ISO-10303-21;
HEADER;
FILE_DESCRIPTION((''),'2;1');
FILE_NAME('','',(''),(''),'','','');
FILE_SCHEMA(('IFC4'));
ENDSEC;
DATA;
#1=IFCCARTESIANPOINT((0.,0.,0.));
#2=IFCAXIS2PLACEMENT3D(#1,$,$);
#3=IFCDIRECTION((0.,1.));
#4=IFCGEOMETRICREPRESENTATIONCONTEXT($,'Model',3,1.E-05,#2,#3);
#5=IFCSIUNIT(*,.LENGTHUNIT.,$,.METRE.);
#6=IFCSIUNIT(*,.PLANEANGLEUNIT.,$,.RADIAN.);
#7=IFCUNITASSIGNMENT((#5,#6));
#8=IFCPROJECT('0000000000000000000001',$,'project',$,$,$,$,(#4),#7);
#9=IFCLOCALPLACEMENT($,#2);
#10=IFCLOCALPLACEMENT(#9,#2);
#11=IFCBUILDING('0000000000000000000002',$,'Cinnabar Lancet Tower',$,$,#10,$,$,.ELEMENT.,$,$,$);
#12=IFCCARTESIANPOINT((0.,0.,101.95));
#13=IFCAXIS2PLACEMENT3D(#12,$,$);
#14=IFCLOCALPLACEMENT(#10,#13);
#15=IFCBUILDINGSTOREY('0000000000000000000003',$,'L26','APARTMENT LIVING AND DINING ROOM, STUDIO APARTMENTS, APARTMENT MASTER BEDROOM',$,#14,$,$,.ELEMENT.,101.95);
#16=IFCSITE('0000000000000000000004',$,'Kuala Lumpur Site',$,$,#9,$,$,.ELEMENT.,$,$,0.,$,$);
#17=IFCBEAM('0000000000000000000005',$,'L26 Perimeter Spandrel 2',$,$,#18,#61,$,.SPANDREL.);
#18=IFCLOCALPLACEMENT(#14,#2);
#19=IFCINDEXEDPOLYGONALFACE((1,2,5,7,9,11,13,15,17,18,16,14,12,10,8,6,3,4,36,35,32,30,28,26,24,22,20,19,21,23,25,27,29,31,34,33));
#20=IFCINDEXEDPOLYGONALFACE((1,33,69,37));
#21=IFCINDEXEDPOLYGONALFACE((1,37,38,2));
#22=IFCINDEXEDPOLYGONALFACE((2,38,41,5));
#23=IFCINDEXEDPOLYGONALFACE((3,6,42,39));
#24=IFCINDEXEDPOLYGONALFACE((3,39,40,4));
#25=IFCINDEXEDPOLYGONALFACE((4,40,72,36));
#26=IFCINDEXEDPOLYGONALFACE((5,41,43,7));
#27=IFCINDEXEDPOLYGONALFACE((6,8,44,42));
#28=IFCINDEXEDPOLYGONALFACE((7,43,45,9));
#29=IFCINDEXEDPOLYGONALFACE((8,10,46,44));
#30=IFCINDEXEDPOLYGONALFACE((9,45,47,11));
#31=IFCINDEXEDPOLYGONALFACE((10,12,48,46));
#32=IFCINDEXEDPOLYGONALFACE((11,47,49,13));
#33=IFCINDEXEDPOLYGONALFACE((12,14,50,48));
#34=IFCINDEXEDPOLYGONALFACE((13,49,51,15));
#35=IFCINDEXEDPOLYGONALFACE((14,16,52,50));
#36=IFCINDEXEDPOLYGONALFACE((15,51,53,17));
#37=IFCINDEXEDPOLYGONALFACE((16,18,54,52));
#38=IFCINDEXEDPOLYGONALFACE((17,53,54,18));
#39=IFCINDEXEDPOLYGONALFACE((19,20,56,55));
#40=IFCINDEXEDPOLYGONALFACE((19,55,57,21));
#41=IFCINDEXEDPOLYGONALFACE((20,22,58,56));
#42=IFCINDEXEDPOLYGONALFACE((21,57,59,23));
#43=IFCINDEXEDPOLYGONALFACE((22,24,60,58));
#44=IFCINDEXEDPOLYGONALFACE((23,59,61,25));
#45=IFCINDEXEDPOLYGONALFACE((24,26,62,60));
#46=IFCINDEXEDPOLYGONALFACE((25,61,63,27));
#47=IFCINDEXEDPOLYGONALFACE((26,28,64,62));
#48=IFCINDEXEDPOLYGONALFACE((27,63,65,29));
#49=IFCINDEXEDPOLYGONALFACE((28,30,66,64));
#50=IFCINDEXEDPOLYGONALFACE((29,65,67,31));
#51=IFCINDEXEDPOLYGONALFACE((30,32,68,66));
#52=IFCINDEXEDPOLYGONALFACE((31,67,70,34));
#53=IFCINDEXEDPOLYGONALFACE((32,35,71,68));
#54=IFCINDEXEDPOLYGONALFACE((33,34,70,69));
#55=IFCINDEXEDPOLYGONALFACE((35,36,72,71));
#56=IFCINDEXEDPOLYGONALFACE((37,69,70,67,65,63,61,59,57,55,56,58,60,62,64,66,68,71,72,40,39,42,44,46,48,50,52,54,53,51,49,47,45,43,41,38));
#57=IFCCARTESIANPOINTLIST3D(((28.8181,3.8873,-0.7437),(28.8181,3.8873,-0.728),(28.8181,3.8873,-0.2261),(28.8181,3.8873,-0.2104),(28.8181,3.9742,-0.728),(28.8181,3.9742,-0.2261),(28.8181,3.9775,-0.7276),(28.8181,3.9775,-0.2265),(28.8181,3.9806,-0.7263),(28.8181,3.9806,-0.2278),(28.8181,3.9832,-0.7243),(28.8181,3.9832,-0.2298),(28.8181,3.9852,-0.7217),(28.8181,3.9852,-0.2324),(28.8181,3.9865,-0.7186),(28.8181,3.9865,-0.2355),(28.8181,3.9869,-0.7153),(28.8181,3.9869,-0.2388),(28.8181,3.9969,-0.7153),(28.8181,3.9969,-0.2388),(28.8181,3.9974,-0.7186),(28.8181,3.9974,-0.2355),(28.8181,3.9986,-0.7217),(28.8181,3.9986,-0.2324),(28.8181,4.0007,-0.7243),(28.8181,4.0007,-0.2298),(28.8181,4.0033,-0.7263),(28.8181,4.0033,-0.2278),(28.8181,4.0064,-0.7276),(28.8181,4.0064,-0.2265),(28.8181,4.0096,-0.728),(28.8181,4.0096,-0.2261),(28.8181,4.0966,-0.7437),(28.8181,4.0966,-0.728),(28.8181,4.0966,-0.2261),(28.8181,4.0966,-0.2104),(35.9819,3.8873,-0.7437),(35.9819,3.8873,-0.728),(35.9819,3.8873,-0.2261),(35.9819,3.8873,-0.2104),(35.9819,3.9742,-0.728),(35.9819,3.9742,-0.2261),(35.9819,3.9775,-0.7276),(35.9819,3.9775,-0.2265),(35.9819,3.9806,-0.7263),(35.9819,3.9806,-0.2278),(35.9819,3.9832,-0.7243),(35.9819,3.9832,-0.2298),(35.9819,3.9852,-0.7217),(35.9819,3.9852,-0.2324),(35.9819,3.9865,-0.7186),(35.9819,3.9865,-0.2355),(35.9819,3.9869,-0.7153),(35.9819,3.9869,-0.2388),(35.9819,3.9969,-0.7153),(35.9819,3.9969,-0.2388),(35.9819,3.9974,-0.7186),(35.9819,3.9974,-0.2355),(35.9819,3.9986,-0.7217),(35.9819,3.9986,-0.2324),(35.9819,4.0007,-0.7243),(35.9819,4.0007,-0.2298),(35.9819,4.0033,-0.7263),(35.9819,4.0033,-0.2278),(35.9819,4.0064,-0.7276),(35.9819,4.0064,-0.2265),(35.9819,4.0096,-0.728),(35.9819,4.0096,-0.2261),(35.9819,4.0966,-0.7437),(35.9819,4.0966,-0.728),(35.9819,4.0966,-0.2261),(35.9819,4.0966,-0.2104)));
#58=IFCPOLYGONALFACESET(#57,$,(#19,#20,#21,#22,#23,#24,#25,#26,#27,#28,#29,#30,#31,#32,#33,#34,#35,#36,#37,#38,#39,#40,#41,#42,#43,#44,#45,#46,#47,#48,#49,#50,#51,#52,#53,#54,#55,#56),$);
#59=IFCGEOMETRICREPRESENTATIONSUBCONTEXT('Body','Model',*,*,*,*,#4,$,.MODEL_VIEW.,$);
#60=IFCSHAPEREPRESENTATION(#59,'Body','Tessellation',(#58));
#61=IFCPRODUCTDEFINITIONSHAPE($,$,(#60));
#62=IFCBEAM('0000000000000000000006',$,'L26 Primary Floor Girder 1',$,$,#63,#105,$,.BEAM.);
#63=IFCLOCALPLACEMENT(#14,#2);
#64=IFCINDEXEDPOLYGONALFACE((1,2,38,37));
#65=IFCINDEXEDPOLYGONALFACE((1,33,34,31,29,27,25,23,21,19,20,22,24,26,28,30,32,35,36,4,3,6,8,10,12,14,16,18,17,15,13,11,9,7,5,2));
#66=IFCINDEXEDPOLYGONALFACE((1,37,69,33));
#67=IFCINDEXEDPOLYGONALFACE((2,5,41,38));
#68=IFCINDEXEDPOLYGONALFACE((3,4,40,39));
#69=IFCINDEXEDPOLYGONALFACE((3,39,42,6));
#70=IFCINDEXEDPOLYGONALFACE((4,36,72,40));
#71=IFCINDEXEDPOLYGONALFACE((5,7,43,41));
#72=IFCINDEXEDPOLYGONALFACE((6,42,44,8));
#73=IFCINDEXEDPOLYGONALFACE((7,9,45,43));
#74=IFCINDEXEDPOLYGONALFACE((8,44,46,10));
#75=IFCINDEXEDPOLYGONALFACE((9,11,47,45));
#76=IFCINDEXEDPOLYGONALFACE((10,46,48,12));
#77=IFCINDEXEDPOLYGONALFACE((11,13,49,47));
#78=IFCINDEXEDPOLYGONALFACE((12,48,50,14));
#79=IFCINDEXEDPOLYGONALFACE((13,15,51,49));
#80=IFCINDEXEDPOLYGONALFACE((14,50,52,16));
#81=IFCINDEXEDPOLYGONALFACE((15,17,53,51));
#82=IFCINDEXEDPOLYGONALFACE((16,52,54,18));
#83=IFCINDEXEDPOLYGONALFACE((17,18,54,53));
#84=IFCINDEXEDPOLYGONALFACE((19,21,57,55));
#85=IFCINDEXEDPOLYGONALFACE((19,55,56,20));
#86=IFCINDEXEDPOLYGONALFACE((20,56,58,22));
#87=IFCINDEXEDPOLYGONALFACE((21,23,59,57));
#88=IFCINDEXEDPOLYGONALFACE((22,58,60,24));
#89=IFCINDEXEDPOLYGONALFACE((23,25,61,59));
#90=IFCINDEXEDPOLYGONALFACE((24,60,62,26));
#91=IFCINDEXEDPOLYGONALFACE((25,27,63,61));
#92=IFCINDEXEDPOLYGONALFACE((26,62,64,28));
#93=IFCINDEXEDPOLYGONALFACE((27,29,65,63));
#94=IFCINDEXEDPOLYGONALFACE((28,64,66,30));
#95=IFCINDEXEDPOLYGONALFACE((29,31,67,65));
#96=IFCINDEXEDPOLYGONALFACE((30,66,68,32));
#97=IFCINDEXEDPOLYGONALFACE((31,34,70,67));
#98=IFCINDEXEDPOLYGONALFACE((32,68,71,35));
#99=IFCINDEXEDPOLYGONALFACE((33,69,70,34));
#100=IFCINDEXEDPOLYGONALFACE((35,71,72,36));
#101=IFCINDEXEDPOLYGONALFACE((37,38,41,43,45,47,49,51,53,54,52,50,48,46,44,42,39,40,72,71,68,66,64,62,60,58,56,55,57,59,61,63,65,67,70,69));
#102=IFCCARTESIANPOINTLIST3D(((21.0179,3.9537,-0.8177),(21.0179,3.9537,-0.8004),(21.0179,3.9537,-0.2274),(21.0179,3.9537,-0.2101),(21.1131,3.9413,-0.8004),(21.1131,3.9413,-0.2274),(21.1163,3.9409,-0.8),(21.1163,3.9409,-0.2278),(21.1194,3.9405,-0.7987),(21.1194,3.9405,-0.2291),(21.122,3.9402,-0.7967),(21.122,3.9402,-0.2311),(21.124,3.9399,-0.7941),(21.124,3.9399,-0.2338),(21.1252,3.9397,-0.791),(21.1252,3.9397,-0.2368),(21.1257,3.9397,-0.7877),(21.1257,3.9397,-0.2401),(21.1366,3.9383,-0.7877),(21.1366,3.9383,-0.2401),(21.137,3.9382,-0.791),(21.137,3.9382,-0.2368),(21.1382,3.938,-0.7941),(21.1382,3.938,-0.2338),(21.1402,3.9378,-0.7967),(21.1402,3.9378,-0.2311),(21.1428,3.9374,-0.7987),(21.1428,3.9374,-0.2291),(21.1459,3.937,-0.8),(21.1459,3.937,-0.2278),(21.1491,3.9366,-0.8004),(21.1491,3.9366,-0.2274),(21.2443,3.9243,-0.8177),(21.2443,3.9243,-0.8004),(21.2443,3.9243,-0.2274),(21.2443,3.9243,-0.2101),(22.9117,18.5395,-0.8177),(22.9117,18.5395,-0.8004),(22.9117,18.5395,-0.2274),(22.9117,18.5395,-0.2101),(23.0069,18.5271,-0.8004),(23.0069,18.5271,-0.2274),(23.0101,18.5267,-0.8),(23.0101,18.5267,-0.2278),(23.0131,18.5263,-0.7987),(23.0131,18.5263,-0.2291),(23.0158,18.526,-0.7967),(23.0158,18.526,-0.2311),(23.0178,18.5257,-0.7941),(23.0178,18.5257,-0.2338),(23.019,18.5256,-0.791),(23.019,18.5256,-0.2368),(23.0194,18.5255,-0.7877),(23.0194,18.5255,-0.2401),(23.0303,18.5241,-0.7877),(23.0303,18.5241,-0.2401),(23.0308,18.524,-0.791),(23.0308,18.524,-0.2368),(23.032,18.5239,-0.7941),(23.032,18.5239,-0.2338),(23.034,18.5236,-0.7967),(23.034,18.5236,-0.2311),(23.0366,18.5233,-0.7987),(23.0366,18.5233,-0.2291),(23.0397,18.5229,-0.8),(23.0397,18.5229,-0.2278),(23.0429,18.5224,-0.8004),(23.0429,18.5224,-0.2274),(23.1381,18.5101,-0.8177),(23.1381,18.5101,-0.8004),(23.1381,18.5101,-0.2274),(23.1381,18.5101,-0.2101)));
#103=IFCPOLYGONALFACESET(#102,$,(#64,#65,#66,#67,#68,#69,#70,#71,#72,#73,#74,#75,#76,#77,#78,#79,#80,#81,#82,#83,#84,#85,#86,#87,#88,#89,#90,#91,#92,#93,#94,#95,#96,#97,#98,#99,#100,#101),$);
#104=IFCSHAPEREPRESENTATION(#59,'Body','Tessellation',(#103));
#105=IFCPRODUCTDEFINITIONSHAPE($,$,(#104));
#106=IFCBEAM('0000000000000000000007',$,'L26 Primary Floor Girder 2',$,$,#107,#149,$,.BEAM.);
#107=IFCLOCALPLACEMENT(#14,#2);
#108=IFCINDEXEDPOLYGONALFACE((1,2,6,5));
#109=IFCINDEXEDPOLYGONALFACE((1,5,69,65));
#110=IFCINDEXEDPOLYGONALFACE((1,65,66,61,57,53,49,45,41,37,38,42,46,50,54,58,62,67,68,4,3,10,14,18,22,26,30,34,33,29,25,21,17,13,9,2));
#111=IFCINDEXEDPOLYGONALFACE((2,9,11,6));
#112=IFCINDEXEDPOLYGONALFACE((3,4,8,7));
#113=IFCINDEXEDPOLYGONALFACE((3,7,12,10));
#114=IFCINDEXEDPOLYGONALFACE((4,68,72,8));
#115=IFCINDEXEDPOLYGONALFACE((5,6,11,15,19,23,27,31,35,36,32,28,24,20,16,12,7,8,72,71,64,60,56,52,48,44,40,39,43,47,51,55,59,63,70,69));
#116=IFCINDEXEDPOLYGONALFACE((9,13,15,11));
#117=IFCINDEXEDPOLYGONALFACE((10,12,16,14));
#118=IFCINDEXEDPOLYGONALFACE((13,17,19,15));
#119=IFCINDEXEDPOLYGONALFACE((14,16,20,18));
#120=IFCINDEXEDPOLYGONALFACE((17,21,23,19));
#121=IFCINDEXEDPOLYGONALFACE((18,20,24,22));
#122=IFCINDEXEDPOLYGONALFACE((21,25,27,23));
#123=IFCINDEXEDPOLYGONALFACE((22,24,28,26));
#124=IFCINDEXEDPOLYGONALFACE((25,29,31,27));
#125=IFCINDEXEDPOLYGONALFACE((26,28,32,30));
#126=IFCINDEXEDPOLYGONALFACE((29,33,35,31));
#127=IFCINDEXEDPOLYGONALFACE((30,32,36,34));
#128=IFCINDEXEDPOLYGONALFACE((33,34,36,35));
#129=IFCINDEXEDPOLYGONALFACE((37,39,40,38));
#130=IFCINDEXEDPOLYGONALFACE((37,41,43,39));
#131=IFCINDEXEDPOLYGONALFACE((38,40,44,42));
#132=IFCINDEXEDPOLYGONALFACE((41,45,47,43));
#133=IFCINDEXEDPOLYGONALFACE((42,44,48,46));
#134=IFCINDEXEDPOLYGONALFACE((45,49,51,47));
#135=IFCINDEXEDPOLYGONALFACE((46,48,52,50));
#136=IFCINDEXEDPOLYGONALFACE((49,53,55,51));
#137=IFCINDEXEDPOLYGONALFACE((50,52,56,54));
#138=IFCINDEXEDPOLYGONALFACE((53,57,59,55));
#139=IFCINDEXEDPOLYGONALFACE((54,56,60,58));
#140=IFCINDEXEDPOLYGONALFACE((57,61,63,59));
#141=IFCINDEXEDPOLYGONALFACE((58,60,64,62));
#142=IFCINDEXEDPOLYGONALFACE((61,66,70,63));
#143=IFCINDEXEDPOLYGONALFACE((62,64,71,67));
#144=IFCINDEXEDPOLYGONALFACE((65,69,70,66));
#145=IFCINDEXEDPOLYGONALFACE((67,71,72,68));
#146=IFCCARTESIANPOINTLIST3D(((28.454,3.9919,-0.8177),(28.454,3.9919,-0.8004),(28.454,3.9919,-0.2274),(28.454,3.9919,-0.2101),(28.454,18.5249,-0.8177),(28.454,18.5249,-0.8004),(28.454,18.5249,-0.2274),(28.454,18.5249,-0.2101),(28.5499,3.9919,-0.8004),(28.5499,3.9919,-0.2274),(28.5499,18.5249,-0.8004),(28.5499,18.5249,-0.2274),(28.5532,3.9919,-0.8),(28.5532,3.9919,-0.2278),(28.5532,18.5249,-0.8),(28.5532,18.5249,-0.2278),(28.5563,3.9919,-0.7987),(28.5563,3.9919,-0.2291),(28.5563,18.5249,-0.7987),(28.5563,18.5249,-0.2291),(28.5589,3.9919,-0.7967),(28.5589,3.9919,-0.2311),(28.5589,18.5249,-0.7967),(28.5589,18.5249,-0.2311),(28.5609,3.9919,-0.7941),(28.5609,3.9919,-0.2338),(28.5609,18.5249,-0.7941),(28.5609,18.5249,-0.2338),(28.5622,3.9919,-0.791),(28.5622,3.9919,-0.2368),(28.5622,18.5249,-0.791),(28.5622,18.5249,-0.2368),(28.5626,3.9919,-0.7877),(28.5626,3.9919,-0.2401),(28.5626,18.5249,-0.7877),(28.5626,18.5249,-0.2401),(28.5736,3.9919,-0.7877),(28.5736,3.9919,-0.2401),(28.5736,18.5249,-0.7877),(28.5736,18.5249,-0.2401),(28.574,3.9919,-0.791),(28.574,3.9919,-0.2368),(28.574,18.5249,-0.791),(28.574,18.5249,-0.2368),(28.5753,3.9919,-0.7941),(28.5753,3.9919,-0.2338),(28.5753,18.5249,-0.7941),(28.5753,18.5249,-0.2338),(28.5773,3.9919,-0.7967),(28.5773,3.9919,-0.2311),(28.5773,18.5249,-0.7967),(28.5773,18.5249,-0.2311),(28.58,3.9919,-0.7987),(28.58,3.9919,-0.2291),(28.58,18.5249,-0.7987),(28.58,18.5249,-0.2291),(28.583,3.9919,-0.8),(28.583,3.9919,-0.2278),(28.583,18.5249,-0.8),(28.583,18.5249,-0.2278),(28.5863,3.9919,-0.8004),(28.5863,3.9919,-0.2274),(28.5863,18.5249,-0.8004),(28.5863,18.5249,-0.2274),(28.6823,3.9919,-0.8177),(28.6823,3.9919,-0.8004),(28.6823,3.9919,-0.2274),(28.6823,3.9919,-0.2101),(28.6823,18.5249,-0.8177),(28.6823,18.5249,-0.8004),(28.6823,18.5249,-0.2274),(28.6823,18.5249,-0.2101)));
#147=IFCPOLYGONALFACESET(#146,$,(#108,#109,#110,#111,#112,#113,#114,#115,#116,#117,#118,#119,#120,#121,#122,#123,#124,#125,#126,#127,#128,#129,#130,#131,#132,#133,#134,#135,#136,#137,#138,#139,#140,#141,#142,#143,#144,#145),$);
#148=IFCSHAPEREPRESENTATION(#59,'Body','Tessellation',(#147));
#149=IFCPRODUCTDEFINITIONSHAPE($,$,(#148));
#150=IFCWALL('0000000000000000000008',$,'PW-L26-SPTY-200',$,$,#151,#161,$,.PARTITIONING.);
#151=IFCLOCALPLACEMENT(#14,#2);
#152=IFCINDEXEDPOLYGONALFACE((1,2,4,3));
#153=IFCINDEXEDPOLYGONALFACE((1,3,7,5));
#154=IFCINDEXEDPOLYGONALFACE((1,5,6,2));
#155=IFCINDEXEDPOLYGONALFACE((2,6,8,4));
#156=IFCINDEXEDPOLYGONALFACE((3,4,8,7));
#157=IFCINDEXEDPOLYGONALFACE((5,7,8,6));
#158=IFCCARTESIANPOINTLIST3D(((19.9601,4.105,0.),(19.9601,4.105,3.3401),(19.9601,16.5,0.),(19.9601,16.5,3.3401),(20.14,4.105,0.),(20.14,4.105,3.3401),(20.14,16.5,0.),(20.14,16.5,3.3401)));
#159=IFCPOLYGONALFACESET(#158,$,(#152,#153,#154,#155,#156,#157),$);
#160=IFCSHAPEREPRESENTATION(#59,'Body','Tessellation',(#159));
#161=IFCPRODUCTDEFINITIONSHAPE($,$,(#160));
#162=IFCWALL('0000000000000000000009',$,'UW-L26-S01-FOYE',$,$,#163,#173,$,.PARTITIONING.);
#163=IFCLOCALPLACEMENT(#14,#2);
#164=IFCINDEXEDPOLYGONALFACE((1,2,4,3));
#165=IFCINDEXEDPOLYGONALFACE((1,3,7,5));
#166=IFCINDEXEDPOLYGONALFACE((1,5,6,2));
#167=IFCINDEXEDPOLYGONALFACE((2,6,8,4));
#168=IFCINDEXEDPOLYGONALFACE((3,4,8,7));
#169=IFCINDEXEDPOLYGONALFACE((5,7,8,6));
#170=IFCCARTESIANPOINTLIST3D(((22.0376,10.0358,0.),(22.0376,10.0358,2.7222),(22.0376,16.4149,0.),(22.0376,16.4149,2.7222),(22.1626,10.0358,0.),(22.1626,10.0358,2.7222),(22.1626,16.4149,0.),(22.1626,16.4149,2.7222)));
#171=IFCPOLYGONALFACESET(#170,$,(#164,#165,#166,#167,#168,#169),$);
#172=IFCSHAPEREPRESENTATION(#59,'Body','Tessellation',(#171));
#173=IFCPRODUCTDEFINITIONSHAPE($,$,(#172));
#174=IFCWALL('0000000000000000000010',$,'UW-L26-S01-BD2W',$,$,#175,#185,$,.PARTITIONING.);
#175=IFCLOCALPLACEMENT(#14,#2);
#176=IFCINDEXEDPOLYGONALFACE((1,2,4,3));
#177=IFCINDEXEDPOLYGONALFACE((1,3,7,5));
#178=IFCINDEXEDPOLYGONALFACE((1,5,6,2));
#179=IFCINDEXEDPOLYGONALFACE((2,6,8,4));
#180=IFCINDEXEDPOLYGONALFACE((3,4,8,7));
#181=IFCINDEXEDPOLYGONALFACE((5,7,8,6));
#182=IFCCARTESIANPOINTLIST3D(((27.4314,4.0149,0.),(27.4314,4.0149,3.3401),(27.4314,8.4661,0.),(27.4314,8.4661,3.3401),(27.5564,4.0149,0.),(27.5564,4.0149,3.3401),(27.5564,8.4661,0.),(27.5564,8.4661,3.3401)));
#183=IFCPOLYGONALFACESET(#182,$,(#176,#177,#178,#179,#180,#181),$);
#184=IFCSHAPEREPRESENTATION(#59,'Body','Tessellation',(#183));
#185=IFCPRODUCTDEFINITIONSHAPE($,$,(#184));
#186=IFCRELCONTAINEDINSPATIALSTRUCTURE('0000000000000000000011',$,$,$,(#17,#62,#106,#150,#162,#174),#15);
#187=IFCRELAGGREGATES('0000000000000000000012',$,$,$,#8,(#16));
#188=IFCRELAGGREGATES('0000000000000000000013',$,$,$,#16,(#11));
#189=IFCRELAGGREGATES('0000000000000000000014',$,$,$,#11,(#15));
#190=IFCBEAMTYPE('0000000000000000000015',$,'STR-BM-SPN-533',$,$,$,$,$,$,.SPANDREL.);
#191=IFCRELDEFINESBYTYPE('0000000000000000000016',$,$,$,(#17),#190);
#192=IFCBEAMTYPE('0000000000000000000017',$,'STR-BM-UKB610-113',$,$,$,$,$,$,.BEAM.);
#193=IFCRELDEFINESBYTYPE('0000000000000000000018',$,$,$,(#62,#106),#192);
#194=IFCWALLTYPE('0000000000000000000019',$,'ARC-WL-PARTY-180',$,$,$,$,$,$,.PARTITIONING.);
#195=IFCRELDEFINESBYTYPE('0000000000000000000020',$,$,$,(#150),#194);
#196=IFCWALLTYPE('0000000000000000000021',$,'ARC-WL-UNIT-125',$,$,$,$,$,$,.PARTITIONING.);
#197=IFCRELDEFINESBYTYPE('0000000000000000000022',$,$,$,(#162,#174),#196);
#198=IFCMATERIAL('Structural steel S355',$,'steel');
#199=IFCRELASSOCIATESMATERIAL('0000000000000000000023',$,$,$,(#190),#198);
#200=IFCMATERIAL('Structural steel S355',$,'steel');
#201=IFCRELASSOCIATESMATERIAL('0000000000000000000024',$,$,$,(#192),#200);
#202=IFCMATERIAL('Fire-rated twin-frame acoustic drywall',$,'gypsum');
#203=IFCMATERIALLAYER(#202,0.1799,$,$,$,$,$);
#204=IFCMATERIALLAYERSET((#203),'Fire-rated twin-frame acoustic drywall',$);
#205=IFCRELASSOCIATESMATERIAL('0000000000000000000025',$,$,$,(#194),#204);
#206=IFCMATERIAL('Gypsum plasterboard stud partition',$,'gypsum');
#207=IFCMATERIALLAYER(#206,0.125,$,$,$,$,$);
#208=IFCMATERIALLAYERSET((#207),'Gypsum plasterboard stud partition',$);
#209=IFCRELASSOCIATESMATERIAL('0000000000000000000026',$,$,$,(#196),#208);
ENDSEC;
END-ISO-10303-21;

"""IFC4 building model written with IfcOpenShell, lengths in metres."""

from ifc_helpers import new_model, si_unit, direction, frame, frame_2d, origin, origin_2d, place, context, subcontext, project, spatial, rectangle, i_section, extrude, material, layer, layer_set, material_profile, profile_set, type_object, element, save


model = new_model("IFC4")

# Units and contexts
model_context = context("Model", 3, precision=1e-05, world=origin(), true_north=direction((0.0, 1.0)))
body_context = subcontext(model_context, "Body", "Model", "MODEL_VIEW")
ifc_project = project(units=[si_unit("LENGTHUNIT", "METRE"), si_unit("PLANEANGLEUNIT", "RADIAN")], contexts=[model_context])

# Site, building, storey
site_placement = place(None, origin())
site = spatial("IfcSite", under=ifc_project, at=site_placement, Name="Kuala Lumpur Site", CompositionType="ELEMENT", RefElevation=0.0)
building_placement = place(site_placement, origin())
building = spatial("IfcBuilding", under=site, at=building_placement, Name="Cinnabar Lancet Tower", CompositionType="ELEMENT")
storey_placement = place(building_placement, frame((0.0, 0.0, 101.95)))
storey = spatial("IfcBuildingStorey", under=building, at=storey_placement, Name="L26", Description="APARTMENT LIVING AND DINING ROOM, STUDIO APARTMENTS, APARTMENT MASTER BEDROOM", CompositionType="ELEMENT", Elevation=101.95)

# Beams
ifc_material_1 = material(Name="Structural steel S355", Category="steel")
ifc_material_profile_1 = material_profile(ifc_material_1, i_section(OverallWidth=0.2092, OverallDepth=0.5332, WebThickness=0.01, FlangeThickness=0.0156, FilletRadius=0.0127, at=origin_2d()), Name="UKB 533x210x92")
ifc_profile_set_1 = profile_set([ifc_material_profile_1], Name="Structural steel S355")
beam_type_1 = type_object("IfcBeamType", Name="STR-BM-SPN-533", PredefinedType="SPANDREL", material=ifc_profile_set_1)
beam_1_placement = place(storey_placement, frame((28.8181, 3.9919, -0.4771), z_axis=(1.0, 0.0, 0.0), x_axis=(0.0, 1.0, 0.0)))
element("IfcBeam", 1, at=beam_1_placement, inside=storey, type_object=beam_type_1, Name="L26 Perimeter Spandrel 2", PredefinedType="SPANDREL", context=body_context, shape_type="SweptSolid", body=[
    extrude(i_section(OverallWidth=0.2092, OverallDepth=0.5332, WebThickness=0.01, FlangeThickness=0.0156, FilletRadius=0.0127, at=origin_2d()), origin(), (0.0, 0.0, 1.0), 7.1638),
])
ifc_material_2 = material(Name="Structural steel S355", Category="steel")
ifc_material_profile_2 = material_profile(ifc_material_2, i_section(OverallWidth=0.2283, OverallDepth=0.6077, WebThickness=0.011, FlangeThickness=0.0173, FilletRadius=0.0127, at=origin_2d()), Name="UKB 610x229x113")
ifc_profile_set_2 = profile_set([ifc_material_profile_2], Name="Structural steel S355")
beam_type_2 = type_object("IfcBeamType", Name="STR-BM-UKB610-113", PredefinedType="BEAM", material=ifc_profile_set_2)
beam_2_placement = place(storey_placement, frame((21.1311, 3.939, -0.5139), z_axis=(0.128757, 0.991676, 0.0), x_axis=(-0.991676, 0.128757, 0.0)))
element("IfcBeam", 2, at=beam_2_placement, inside=storey, type_object=beam_type_2, Name="L26 Primary Floor Girder 1", PredefinedType="BEAM", context=body_context, shape_type="SweptSolid", body=[
    extrude(i_section(OverallWidth=0.2283, OverallDepth=0.6077, WebThickness=0.011, FlangeThickness=0.0173, FilletRadius=0.0127, at=origin_2d()), origin(), (0.0, 0.0, 1.0), 14.7083),
])
beam_3_placement = place(storey_placement, frame((28.5681, 3.9919, -0.5139), z_axis=(0.0, 1.0, 0.0), x_axis=(-1.0, 0.0, 0.0)))
element("IfcBeam", 3, at=beam_3_placement, inside=storey, type_object=beam_type_2, Name="L26 Primary Floor Girder 2", PredefinedType="BEAM", context=body_context, shape_type="SweptSolid", body=[
    extrude(i_section(OverallWidth=0.2283, OverallDepth=0.6077, WebThickness=0.011, FlangeThickness=0.0173, FilletRadius=0.0127, at=origin_2d()), origin(), (0.0, 0.0, 1.0), 14.533),
])

# Walls
ifc_material_3 = material(Name="Fire-rated twin-frame acoustic drywall", Category="gypsum")
ifc_layer_1 = layer(ifc_material_3, 0.1799)
ifc_layer_set_1 = layer_set([ifc_layer_1], Name="Fire-rated twin-frame acoustic drywall")
wall_type_1 = type_object("IfcWallType", Name="ARC-WL-PARTY-180", PredefinedType="PARTITIONING", material=ifc_layer_set_1)
wall_1_placement = place(storey_placement, frame((20.05, 4.105, 0.0), z_axis=(0.0, 0.0, 1.0), x_axis=(0.0, 1.0, 0.0)))
element("IfcWall", 4, at=wall_1_placement, inside=storey, type_object=wall_type_1, Name="PW-L26-SPTY-200", PredefinedType="PARTITIONING", context=body_context, shape_type="SweptSolid", body=[
    extrude(rectangle(XDim=12.395, YDim=0.1799, at=frame_2d((6.1975, 0.0))), origin(), (0.0, 0.0, 1.0), 3.3401),
])
ifc_material_4 = material(Name="Gypsum plasterboard stud partition", Category="gypsum")
ifc_layer_2 = layer(ifc_material_4, 0.125)
ifc_layer_set_2 = layer_set([ifc_layer_2], Name="Gypsum plasterboard stud partition")
wall_type_2 = type_object("IfcWallType", Name="ARC-WL-UNIT-125", PredefinedType="PARTITIONING", material=ifc_layer_set_2)
wall_2_placement = place(storey_placement, frame((22.1001, 10.0359, 0.0), z_axis=(0.0, 0.0, 1.0), x_axis=(0.0, 1.0, 0.0)))
element("IfcWall", 5, at=wall_2_placement, inside=storey, type_object=wall_type_2, Name="UW-L26-S01-FOYE", PredefinedType="PARTITIONING", context=body_context, shape_type="SweptSolid", body=[
    extrude(rectangle(XDim=6.3792, YDim=0.125, at=frame_2d((3.1895, 0.0))), origin(), (0.0, 0.0, 1.0), 2.7222),
])
wall_3_placement = place(storey_placement, frame((27.4939, 4.0149, 0.0), z_axis=(0.0, 0.0, 1.0), x_axis=(0.0, 1.0, 0.0)))
element("IfcWall", 6, at=wall_3_placement, inside=storey, type_object=wall_type_2, Name="UW-L26-S01-BD2W", PredefinedType="PARTITIONING", context=body_context, shape_type="SweptSolid", body=[
    extrude(rectangle(XDim=4.4512, YDim=0.125, at=frame_2d((2.2256, 0.0))), origin(), (0.0, 0.0, 1.0), 3.3401),
])

save(model, "model.ifc")
